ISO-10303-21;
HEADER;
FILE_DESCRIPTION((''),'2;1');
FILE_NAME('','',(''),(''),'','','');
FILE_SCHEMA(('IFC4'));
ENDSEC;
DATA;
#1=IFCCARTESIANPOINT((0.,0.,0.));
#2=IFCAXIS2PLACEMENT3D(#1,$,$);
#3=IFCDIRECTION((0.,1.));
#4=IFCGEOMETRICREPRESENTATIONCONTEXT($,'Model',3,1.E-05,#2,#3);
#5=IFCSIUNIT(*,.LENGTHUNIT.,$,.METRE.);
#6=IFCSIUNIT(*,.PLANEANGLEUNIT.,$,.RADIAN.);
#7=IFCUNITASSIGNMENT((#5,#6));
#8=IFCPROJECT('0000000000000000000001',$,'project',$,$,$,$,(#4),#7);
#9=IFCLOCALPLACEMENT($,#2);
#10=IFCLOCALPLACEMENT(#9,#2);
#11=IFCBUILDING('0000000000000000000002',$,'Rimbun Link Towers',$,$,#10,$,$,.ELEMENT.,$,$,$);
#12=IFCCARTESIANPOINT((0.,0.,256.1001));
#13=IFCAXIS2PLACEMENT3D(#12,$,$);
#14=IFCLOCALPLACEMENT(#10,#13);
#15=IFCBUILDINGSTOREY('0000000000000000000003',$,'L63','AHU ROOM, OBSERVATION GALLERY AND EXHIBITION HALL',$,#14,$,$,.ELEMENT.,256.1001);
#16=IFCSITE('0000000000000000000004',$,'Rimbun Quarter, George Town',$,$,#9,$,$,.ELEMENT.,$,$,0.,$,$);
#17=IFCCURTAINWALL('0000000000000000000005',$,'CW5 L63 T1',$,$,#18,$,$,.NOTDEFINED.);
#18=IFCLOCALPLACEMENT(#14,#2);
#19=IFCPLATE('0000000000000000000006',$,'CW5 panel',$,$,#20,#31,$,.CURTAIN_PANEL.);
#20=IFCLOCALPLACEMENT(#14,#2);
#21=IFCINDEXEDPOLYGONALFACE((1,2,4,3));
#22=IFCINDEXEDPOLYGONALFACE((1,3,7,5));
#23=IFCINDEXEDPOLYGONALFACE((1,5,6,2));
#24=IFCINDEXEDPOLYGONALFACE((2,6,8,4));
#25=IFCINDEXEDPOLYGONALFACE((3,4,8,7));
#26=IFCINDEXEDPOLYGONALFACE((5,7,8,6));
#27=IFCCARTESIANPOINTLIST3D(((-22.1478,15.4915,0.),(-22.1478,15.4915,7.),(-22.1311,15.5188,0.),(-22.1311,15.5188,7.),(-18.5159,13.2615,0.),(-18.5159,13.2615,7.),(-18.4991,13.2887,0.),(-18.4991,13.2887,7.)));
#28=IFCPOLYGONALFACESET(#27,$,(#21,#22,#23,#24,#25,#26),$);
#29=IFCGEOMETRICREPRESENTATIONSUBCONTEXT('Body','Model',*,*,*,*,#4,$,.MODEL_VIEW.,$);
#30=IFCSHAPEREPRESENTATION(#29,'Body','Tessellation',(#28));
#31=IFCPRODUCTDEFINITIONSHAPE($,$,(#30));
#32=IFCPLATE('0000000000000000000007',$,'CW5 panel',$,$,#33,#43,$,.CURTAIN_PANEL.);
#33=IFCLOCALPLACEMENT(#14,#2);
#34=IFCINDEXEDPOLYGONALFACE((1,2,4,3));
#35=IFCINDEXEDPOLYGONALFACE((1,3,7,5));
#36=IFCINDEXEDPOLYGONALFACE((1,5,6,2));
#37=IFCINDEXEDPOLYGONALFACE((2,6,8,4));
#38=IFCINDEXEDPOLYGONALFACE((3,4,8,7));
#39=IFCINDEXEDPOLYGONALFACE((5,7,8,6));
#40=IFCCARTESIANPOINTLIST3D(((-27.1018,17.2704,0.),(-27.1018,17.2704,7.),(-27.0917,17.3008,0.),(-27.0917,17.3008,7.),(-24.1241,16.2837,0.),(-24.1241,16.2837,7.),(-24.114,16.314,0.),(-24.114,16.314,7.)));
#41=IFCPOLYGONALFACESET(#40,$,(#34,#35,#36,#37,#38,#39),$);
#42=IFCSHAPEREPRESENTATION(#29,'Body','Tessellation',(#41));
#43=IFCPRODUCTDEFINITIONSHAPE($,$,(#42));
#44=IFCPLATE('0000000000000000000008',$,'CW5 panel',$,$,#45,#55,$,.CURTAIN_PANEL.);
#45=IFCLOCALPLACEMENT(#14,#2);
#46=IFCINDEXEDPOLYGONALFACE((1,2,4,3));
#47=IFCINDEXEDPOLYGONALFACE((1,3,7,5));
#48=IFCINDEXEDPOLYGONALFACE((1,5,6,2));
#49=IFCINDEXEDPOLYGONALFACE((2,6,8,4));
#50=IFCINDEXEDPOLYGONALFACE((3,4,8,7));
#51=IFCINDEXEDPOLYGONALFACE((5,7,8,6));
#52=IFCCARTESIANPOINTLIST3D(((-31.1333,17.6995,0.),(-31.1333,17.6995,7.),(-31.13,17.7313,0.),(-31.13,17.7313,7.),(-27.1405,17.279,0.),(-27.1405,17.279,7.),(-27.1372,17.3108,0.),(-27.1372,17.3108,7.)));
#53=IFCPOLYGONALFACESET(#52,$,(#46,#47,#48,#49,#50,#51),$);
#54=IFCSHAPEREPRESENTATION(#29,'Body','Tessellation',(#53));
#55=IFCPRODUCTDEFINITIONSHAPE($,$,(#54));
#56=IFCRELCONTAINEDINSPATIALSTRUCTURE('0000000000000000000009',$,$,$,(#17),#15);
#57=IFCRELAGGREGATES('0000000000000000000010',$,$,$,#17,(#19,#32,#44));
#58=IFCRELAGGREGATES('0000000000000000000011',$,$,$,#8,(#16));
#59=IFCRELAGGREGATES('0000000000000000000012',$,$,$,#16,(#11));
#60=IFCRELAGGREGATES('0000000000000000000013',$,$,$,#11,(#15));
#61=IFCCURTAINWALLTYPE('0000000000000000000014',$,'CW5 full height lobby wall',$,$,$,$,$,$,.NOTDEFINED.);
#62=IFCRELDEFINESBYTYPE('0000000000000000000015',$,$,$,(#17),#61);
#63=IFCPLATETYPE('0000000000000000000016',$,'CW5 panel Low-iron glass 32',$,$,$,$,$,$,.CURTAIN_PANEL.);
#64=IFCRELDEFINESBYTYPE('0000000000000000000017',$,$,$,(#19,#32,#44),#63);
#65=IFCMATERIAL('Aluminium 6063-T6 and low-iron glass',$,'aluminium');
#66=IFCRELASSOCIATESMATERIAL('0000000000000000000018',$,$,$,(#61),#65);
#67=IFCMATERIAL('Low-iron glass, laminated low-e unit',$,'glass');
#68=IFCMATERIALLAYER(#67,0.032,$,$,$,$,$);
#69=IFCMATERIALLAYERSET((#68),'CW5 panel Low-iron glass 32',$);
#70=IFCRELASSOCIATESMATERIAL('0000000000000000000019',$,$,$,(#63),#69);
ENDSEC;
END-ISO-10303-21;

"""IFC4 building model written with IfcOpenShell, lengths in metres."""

from ifc_helpers import new_model, si_unit, direction, frame, origin, origin_2d, place, context, subcontext, project, spatial, rectangle, extrude, material, layer, layer_set, type_object, element, aggregate, save


model = new_model("IFC4")

# Units and contexts
model_context = context("Model", 3, precision=1e-05, world=origin(), true_north=direction((0.0, 1.0)))
body_context = subcontext(model_context, "Body", "Model", "MODEL_VIEW")
ifc_project = project(units=[si_unit("LENGTHUNIT", "METRE"), si_unit("PLANEANGLEUNIT", "RADIAN")], contexts=[model_context])

# Site, building, storey
site_placement = place(None, origin())
site = spatial("IfcSite", under=ifc_project, at=site_placement, Name="Rimbun Quarter, George Town", CompositionType="ELEMENT", RefElevation=0.0)
building_placement = place(site_placement, origin())
building = spatial("IfcBuilding", under=site, at=building_placement, Name="Rimbun Link Towers", CompositionType="ELEMENT")
storey_placement = place(building_placement, frame((0.0, 0.0, 256.1001)))
storey = spatial("IfcBuildingStorey", under=building, at=storey_placement, Name="L63", Description="AHU ROOM, OBSERVATION GALLERY AND EXHIBITION HALL", CompositionType="ELEMENT", Elevation=256.1001)

# Curtain wall
ifc_material_1 = material(Name="Aluminium 6063-T6 and low-iron glass", Category="aluminium")
curtain_wall_type = type_object("IfcCurtainWallType", Name="CW5 full height lobby wall", PredefinedType="NOTDEFINED", material=ifc_material_1)
curtain_wall_placement = place(storey_placement, origin())
curtain_wall = element("IfcCurtainWall", 1, at=curtain_wall_placement, inside=storey, type_object=curtain_wall_type, Name="CW5 L63 T1", PredefinedType="NOTDEFINED")

# Plates
ifc_material_2 = material(Name="Low-iron glass, laminated low-e unit", Category="glass")
ifc_layer = layer(ifc_material_2, 0.032)
ifc_layer_set = layer_set([ifc_layer], Name="CW5 panel Low-iron glass 32")
plate_type = type_object("IfcPlateType", Name="CW5 panel Low-iron glass 32", PredefinedType="CURTAIN_PANEL", material=ifc_layer_set)
plate_1_placement = place(storey_placement, frame((-20.3235, 14.3901, 0.0), z_axis=(0.0, 0.0, 1.0), x_axis=(0.852182, -0.523246, 0.0)))
plate_1 = element("IfcPlate", 2, at=plate_1_placement, type_object=plate_type, Name="CW5 panel", PredefinedType="CURTAIN_PANEL", context=body_context, shape_type="SweptSolid", body=[
    extrude(rectangle(XDim=4.262, YDim=0.032, at=origin_2d()), origin(), (0.0, 0.0, 1.0), 7.0),
])
plate_2_placement = place(storey_placement, frame((-25.6079, 16.7922, 0.0), z_axis=(0.0, 0.0, 1.0), x_axis=(0.949238, -0.314558, 0.0)))
plate_2 = element("IfcPlate", 3, at=plate_2_placement, type_object=plate_type, Name="CW5 panel", PredefinedType="CURTAIN_PANEL", context=body_context, shape_type="SweptSolid", body=[
    extrude(rectangle(XDim=3.137, YDim=0.032, at=origin_2d()), origin(), (0.0, 0.0, 1.0), 7.0),
])
plate_3_placement = place(storey_placement, frame((-29.1353, 17.5051, 0.0), z_axis=(0.0, 0.0, 1.0), x_axis=(0.994501, -0.104728, 0.0)))
plate_3 = element("IfcPlate", 4, at=plate_3_placement, type_object=plate_type, Name="CW5 panel", PredefinedType="CURTAIN_PANEL", context=body_context, shape_type="SweptSolid", body=[
    extrude(rectangle(XDim=4.0149, YDim=0.032, at=origin_2d()), origin(), (0.0, 0.0, 1.0), 7.0),
])
aggregate(curtain_wall, [plate_1, plate_2, plate_3])

save(model, "model.ifc")
